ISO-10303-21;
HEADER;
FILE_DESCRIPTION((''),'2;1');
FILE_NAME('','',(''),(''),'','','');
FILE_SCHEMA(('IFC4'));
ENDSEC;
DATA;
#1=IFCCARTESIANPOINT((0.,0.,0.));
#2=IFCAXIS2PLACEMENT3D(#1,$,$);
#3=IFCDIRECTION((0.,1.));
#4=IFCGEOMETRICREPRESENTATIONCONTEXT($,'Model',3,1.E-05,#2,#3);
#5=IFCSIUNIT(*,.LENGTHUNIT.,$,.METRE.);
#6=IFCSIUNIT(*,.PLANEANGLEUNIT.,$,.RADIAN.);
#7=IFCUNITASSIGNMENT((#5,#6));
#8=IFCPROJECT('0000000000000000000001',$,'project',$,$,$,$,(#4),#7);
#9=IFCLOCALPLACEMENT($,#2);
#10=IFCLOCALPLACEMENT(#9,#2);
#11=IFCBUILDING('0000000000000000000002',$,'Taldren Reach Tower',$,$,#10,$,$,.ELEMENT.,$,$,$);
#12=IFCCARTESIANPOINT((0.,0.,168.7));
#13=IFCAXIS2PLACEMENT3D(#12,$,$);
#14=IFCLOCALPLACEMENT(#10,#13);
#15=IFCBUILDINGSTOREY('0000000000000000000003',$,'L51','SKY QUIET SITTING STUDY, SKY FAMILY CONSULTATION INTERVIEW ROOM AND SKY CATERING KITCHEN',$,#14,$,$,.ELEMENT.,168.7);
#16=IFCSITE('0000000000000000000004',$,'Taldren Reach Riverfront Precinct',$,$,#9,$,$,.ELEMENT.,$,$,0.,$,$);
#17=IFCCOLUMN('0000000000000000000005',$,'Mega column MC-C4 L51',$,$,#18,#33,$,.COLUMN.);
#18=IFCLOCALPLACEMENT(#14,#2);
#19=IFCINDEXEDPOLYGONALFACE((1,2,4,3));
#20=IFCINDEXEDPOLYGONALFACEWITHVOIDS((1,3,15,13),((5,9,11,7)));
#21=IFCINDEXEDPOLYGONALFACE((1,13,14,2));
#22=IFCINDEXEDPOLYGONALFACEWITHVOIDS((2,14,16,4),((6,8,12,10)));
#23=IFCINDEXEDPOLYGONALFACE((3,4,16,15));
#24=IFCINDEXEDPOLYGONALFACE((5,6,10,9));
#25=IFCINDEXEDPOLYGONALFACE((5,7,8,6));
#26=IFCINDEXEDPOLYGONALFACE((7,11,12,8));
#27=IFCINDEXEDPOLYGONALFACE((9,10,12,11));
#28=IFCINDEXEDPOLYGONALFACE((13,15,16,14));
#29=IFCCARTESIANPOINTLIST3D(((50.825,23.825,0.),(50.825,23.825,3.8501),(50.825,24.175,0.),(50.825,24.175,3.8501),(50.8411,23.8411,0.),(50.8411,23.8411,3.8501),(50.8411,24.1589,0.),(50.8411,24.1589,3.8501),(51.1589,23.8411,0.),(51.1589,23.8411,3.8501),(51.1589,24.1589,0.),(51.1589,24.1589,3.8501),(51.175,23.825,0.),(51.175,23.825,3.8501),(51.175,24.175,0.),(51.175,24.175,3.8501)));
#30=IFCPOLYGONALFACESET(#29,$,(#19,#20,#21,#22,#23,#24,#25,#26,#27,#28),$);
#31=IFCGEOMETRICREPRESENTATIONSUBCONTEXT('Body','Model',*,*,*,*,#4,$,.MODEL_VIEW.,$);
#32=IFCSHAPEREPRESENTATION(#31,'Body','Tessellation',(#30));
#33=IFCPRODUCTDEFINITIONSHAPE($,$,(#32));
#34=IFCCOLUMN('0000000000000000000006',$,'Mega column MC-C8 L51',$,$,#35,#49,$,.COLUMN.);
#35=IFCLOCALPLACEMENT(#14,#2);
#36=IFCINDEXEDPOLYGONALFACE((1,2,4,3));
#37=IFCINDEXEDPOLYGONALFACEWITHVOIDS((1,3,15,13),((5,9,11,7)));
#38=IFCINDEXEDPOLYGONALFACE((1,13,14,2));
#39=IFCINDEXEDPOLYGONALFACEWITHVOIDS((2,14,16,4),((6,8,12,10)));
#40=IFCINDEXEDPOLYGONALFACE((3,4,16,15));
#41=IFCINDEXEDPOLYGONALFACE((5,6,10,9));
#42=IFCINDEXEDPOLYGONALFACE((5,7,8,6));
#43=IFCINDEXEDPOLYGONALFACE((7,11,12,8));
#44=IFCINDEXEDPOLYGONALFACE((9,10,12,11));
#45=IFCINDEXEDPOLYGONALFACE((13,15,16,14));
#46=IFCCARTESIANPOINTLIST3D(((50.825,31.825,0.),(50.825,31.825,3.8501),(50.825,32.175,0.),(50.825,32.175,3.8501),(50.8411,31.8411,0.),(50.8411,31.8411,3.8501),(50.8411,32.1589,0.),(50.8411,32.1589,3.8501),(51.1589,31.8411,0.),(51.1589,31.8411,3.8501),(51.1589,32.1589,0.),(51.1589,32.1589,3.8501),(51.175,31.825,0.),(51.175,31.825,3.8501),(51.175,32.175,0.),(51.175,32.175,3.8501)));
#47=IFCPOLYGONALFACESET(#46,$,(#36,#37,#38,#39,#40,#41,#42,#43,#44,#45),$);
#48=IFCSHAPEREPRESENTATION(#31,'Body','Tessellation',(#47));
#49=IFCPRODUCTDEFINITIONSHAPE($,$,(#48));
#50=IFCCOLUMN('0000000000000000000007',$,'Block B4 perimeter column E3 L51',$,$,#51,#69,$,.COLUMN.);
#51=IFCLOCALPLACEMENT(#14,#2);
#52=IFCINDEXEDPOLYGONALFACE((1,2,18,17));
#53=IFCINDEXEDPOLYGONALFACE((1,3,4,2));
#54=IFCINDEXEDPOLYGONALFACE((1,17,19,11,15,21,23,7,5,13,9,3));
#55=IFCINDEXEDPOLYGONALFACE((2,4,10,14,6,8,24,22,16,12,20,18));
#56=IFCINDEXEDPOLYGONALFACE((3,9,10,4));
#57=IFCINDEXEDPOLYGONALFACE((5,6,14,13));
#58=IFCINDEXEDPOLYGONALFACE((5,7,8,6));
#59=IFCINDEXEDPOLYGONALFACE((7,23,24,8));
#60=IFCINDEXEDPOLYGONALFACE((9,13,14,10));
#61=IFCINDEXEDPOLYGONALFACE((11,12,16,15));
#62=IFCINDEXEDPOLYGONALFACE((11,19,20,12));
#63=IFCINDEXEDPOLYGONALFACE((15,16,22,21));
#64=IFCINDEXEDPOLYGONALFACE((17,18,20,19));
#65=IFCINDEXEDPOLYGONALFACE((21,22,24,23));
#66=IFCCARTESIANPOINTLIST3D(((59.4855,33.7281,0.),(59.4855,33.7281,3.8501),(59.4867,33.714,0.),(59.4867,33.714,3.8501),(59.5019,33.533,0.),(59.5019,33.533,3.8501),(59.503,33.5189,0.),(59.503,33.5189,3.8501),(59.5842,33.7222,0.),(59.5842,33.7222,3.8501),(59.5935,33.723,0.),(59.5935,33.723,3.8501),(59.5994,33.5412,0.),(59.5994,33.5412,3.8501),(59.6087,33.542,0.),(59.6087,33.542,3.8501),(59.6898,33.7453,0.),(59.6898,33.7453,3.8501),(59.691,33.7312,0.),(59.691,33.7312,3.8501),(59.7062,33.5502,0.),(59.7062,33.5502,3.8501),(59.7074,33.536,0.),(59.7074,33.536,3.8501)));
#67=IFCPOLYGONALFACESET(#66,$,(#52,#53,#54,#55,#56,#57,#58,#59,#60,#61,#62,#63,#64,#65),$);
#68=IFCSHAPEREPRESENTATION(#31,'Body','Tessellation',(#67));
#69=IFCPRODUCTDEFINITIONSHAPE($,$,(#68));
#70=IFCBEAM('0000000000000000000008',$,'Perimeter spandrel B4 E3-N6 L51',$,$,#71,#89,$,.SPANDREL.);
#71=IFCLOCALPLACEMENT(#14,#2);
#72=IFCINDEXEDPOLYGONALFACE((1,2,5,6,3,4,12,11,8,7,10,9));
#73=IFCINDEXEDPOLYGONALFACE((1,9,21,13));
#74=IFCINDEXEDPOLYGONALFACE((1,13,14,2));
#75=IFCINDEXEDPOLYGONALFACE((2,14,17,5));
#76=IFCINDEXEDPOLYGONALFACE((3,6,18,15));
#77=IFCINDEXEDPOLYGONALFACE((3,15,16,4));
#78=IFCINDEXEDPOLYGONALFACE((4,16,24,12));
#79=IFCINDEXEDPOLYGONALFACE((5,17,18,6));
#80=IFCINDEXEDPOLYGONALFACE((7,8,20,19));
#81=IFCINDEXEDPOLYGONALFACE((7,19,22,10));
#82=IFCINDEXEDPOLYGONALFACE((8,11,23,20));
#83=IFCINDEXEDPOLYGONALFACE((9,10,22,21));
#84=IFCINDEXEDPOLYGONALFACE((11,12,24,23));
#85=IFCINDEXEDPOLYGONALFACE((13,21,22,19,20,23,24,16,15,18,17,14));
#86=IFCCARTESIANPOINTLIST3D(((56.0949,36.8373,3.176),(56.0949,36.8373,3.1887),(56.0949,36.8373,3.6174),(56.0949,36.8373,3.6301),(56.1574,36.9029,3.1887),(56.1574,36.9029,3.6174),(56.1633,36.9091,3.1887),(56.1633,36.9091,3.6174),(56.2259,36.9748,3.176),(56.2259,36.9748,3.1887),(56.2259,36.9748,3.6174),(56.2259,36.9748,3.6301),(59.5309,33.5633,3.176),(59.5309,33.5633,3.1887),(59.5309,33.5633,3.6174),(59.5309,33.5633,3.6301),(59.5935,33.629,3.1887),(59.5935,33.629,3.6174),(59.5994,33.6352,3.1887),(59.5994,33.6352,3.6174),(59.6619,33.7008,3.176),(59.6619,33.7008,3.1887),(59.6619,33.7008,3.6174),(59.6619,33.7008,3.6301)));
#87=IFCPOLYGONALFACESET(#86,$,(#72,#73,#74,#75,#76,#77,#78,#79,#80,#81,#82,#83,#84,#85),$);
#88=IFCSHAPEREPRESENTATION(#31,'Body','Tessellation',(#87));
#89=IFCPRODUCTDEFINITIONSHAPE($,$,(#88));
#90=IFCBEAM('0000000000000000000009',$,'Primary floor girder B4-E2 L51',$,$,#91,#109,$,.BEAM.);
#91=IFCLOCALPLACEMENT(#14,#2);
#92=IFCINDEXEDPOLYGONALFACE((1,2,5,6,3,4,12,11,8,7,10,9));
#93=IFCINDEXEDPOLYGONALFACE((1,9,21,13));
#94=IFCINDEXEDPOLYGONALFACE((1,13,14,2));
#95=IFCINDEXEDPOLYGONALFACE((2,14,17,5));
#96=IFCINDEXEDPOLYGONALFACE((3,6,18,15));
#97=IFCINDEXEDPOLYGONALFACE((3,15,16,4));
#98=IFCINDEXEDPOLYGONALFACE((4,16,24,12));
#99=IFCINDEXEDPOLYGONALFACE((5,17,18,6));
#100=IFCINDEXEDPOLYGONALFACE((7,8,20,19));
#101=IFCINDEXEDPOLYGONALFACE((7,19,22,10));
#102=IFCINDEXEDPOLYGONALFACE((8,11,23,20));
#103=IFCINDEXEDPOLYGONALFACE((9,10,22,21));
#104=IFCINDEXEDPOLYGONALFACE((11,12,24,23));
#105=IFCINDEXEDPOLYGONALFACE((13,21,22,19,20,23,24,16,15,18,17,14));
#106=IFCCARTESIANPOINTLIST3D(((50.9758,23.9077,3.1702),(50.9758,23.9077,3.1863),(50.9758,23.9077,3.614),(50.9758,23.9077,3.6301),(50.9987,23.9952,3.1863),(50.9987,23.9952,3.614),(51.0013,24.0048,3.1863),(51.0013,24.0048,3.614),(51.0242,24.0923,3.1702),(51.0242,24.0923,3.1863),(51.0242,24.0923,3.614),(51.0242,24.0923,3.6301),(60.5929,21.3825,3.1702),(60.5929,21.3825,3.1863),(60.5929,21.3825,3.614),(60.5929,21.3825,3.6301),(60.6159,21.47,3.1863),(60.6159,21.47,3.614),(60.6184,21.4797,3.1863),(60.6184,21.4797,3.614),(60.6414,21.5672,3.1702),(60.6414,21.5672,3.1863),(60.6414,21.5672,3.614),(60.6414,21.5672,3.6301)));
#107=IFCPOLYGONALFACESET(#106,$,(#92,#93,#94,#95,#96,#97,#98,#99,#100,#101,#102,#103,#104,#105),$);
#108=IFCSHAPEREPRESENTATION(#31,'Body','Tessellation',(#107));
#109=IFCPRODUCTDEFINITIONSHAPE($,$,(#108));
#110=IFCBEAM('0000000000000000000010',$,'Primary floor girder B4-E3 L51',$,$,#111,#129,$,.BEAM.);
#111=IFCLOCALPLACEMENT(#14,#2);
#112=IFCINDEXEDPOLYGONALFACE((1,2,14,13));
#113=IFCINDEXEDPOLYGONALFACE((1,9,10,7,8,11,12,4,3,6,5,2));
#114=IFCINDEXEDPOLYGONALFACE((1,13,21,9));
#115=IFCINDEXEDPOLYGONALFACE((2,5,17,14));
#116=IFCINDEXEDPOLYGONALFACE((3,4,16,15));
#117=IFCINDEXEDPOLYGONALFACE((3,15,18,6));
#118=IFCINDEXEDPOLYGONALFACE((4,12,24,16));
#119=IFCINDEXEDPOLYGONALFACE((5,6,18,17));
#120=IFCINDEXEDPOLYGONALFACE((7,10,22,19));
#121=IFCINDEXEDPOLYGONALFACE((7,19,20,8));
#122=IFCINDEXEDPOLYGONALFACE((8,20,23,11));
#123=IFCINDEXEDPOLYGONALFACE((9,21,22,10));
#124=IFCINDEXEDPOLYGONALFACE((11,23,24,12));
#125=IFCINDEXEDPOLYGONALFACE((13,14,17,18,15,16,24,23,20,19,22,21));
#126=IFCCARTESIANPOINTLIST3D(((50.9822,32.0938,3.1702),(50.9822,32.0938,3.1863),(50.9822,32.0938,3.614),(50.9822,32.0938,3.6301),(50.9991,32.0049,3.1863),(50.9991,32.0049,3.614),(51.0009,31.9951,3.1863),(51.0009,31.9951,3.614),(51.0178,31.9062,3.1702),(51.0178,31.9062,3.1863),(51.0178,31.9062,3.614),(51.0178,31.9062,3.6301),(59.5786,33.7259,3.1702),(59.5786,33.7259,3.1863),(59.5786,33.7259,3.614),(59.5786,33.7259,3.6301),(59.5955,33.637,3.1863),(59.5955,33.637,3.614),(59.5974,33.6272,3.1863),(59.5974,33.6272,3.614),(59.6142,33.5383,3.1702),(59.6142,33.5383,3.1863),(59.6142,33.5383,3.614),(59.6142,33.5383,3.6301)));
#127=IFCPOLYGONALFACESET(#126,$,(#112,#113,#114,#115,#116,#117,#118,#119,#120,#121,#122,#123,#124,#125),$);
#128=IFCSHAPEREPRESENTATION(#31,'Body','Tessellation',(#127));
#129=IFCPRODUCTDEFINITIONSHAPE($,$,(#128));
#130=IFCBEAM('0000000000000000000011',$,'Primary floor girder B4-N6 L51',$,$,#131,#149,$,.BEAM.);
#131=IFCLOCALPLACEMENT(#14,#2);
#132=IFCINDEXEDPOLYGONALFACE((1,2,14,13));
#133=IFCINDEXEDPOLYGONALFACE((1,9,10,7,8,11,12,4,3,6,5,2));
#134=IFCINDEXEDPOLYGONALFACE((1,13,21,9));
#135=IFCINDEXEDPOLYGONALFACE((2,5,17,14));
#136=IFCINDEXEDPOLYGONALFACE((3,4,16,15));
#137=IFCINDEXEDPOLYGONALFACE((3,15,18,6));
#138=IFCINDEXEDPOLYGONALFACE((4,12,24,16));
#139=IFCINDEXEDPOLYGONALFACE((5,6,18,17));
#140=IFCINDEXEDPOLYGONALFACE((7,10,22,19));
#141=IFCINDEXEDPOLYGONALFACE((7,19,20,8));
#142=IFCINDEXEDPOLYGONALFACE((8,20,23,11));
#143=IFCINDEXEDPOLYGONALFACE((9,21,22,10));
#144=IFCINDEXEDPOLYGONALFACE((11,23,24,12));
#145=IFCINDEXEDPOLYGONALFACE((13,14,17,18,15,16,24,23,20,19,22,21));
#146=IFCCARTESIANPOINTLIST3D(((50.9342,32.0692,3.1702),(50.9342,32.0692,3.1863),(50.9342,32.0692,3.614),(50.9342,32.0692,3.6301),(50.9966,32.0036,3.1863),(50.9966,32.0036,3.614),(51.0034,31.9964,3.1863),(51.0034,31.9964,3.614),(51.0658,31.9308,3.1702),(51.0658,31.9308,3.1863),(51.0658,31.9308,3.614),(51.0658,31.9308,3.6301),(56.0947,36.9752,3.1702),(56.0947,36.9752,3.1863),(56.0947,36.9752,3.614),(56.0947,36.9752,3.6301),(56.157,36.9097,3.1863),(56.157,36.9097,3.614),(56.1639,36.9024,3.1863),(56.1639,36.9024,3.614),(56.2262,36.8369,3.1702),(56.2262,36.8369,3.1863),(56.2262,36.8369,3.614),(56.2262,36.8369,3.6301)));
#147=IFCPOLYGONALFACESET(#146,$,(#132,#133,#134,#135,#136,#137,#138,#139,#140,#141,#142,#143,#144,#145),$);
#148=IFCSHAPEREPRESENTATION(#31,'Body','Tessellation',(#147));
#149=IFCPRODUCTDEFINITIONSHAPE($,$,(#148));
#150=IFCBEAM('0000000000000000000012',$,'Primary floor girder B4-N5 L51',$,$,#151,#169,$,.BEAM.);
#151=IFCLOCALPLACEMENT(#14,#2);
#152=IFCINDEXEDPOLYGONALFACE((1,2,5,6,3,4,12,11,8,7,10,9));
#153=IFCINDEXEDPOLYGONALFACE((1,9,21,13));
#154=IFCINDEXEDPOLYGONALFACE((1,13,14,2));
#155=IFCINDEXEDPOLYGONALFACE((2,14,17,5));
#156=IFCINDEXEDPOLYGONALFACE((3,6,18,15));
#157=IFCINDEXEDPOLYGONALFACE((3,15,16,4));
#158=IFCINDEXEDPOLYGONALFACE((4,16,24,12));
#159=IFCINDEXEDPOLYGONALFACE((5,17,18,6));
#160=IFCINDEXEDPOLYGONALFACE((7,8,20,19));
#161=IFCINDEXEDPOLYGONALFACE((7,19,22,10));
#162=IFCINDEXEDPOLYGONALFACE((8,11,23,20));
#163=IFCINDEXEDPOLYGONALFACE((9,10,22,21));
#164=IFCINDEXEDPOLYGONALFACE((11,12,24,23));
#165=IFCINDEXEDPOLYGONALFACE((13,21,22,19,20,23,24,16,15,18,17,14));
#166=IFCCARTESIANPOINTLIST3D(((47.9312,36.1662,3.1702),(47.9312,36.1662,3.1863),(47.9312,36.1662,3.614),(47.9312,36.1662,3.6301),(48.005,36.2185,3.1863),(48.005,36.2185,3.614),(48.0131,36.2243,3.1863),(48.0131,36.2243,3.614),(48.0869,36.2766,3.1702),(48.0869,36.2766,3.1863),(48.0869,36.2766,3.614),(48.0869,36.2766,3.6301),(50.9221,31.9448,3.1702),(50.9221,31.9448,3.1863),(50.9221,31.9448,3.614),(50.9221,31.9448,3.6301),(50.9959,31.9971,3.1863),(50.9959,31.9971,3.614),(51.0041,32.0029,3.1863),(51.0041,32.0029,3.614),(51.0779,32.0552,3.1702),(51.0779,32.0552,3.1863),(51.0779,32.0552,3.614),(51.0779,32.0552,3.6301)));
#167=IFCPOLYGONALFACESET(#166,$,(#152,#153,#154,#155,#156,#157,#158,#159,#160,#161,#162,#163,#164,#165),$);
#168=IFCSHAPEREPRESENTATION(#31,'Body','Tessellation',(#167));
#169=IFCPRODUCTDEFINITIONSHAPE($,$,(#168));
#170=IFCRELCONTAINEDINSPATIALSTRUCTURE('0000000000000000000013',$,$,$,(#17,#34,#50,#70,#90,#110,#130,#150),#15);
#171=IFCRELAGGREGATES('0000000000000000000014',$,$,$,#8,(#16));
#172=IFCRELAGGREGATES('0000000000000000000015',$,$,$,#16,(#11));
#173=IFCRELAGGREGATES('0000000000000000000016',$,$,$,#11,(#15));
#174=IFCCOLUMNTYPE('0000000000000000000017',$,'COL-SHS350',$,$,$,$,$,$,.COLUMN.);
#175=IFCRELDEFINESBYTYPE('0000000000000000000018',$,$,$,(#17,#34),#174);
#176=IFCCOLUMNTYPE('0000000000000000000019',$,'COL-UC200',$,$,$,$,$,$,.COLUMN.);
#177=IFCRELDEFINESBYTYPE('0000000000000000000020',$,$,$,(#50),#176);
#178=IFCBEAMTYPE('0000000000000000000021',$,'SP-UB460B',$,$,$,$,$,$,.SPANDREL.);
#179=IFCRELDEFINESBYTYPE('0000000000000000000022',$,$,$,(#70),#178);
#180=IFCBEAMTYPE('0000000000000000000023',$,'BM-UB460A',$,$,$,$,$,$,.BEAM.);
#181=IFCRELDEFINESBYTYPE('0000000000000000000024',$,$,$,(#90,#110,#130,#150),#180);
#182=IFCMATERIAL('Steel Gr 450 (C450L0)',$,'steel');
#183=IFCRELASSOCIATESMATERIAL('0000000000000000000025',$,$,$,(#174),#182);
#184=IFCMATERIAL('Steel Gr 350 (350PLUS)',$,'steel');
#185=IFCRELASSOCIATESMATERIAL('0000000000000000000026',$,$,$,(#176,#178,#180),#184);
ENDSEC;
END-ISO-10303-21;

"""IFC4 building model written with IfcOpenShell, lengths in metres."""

from ifc_helpers import new_model, si_unit, direction, frame, origin, origin_2d, place, context, subcontext, project, spatial, hollow_rectangle, i_section, extrude, source, transform, mapped, material, material_profile, profile_set, type_object, element, save


model = new_model("IFC4")

# Units and contexts
model_context = context("Model", 3, precision=1e-05, world=origin(), true_north=direction((0.0, 1.0)))
body_context = subcontext(model_context, "Body", "Model", "MODEL_VIEW")
ifc_project = project(units=[si_unit("LENGTHUNIT", "METRE"), si_unit("PLANEANGLEUNIT", "RADIAN")], contexts=[model_context])

# Site, building, storey
site_placement = place(None, origin())
site = spatial("IfcSite", under=ifc_project, at=site_placement, Name="Taldren Reach Riverfront Precinct", CompositionType="ELEMENT", RefElevation=0.0)
building_placement = place(site_placement, origin())
building = spatial("IfcBuilding", under=site, at=building_placement, Name="Taldren Reach Tower", CompositionType="ELEMENT")
storey_placement = place(building_placement, frame((0.0, 0.0, 168.7)))
storey = spatial("IfcBuildingStorey", under=building, at=storey_placement, Name="L51", Description="SKY QUIET SITTING STUDY, SKY FAMILY CONSULTATION INTERVIEW ROOM AND SKY CATERING KITCHEN", CompositionType="ELEMENT", Elevation=168.7)

# Columns
ifc_material_1 = material(Name="Steel Gr 450 (C450L0)", Category="steel")
ifc_material_profile_1 = material_profile(ifc_material_1, hollow_rectangle(XDim=0.3501, YDim=0.3501, WallThickness=0.0161, at=origin_2d()), Name="350x350x16.0SHS")
ifc_profile_set_1 = profile_set([ifc_material_profile_1], Name="Steel Gr 450 (C450L0)")
column_type_1 = type_object("IfcColumnType", Name="COL-SHS350", PredefinedType="COLUMN", material=ifc_profile_set_1)
shared_shape_1 = source(origin(), body_context, "Body", "SweptSolid", [
    extrude(hollow_rectangle(XDim=0.3501, YDim=0.3501, WallThickness=0.0161, at=origin_2d()), origin(), (0.0, 0.0, 1.0), 3.8501),
])
for number, where, z_axis, x_axis, name in (
    (1, (51.0, 24.0, 0.0), (0.0, 0.0, 1.0), (1.0, 0.0, 0.0), "Mega column MC-C4 L51"),
    (2, (51.0, 32.0, 0.0), (0.0, 0.0, 1.0), (1.0, 0.0, 0.0), "Mega column MC-C8 L51"),
):
    element("IfcColumn", number, at=place(storey_placement, frame(where, z_axis=z_axis, x_axis=x_axis)), inside=storey, type_object=column_type_1, Name=name, PredefinedType="COLUMN", context=body_context, shape_type="MappedRepresentation", body=[
        mapped(shared_shape_1, transform((0.0, 0.0, 0.0), scale=1.0)),
    ])
ifc_material_2 = material(Name="Steel Gr 350 (350PLUS)", Category="steel")
ifc_material_profile_2 = material_profile(ifc_material_2, i_section(OverallWidth=0.2051, OverallDepth=0.21, WebThickness=0.0093, FlangeThickness=0.0142, at=origin_2d()), Name="200UC59.5")
ifc_profile_set_2 = profile_set([ifc_material_profile_2], Name="Steel Gr 350 (350PLUS)")
column_type_2 = type_object("IfcColumnType", Name="COL-UC200", PredefinedType="COLUMN", material=ifc_profile_set_2)
shared_shape_2 = source(origin(), body_context, "Body", "SweptSolid", [
    extrude(i_section(OverallWidth=0.2051, OverallDepth=0.21, WebThickness=0.0093, FlangeThickness=0.0142, at=origin_2d()), origin(), (0.0, 0.0, 1.0), 3.8501),
])
column_placement = place(storey_placement, frame((59.5964, 33.6321, 0.0), z_axis=(0.0, 0.0, 1.0), x_axis=(0.996493, 0.083678, 0.0)))
element("IfcColumn", 3, at=column_placement, inside=storey, type_object=column_type_2, Name="Block B4 perimeter column E3 L51", PredefinedType="COLUMN", context=body_context, shape_type="MappedRepresentation", body=[
    mapped(shared_shape_2, transform((0.0, 0.0, 0.0), scale=1.0)),
])

# Beams
ifc_material_profile_3 = material_profile(ifc_material_2, i_section(OverallWidth=0.1899, OverallDepth=0.4541, WebThickness=0.0085, FlangeThickness=0.0127, at=origin_2d()), Name="460UB67.1")
ifc_profile_set_3 = profile_set([ifc_material_profile_3], Name="Steel Gr 350 (350PLUS)")
beam_type_1 = type_object("IfcBeamType", Name="SP-UB460B", PredefinedType="SPANDREL", material=ifc_profile_set_3)
shared_shape_3 = source(origin(), body_context, "Body", "SweptSolid", [
    extrude(i_section(OverallWidth=0.1899, OverallDepth=0.4541, WebThickness=0.0085, FlangeThickness=0.0127, at=origin_2d()), origin(), (0.0, 0.0, 1.0), 4.7461),
])
beam_1_placement = place(storey_placement, frame((59.5964, 33.6321, 3.4031), z_axis=(-0.723979, 0.689822, 0.0), x_axis=(-0.689822, -0.723979, 0.0)))
element("IfcBeam", 4, at=beam_1_placement, inside=storey, type_object=beam_type_1, Name="Perimeter spandrel B4 E3-N6 L51", PredefinedType="SPANDREL", context=body_context, shape_type="MappedRepresentation", body=[
    mapped(shared_shape_3, transform((0.0, 0.0, 0.0), scale=1.0)),
])
ifc_material_profile_4 = material_profile(ifc_material_2, i_section(OverallWidth=0.1909, OverallDepth=0.46, WebThickness=0.01, FlangeThickness=0.0161, at=origin_2d()), Name="460UB82.1")
ifc_profile_set_4 = profile_set([ifc_material_profile_4], Name="Steel Gr 350 (350PLUS)")
beam_type_2 = type_object("IfcBeamType", Name="BM-UB460A", PredefinedType="BEAM", material=ifc_profile_set_4)
shared_shape_4 = source(origin(), body_context, "Body", "SweptSolid", [
    extrude(i_section(OverallWidth=0.1909, OverallDepth=0.46, WebThickness=0.01, FlangeThickness=0.0161, at=origin_2d()), origin(), (0.0, 0.0, 1.0), 9.9431),
])
beam_2_placement = place(storey_placement, frame((51.0, 24.0, 3.4001), z_axis=(0.967215, -0.253958, 0.0), x_axis=(0.253958, 0.967215, 0.0)))
element("IfcBeam", 5, at=beam_2_placement, inside=storey, type_object=beam_type_2, Name="Primary floor girder B4-E2 L51", PredefinedType="BEAM", context=body_context, shape_type="MappedRepresentation", body=[
    mapped(shared_shape_4, transform((0.0, 0.0, 0.0), scale=1.0)),
])
shared_shape_5 = source(origin(), body_context, "Body", "SweptSolid", [
    extrude(i_section(OverallWidth=0.1909, OverallDepth=0.46, WebThickness=0.01, FlangeThickness=0.0161, at=origin_2d()), origin(), (0.0, 0.0, 1.0), 8.75),
])
beam_3_placement = place(storey_placement, frame((51.0, 32.0, 3.4001), z_axis=(0.98245, 0.186524, 0.0), x_axis=(-0.186524, 0.98245, 0.0)))
element("IfcBeam", 6, at=beam_3_placement, inside=storey, type_object=beam_type_2, Name="Primary floor girder B4-E3 L51", PredefinedType="BEAM", context=body_context, shape_type="MappedRepresentation", body=[
    mapped(shared_shape_5, transform((0.0, 0.0, 0.0), scale=1.0)),
])
shared_shape_6 = source(origin(), body_context, "Body", "SweptSolid", [
    extrude(i_section(OverallWidth=0.1909, OverallDepth=0.46, WebThickness=0.01, FlangeThickness=0.0161, at=origin_2d()), origin(), (0.0, 0.0, 1.0), 7.1204),
])
beam_4_placement = place(storey_placement, frame((51.0, 32.0, 3.4001), z_axis=(0.724745, 0.689017, 0.0), x_axis=(-0.689017, 0.724745, 0.0)))
element("IfcBeam", 7, at=beam_4_placement, inside=storey, type_object=beam_type_2, Name="Primary floor girder B4-N6 L51", PredefinedType="BEAM", context=body_context, shape_type="MappedRepresentation", body=[
    mapped(shared_shape_6, transform((0.0, 0.0, 0.0), scale=1.0)),
])
shared_shape_7 = source(origin(), body_context, "Body", "SweptSolid", [
    extrude(i_section(OverallWidth=0.1909, OverallDepth=0.46, WebThickness=0.01, FlangeThickness=0.0161, at=origin_2d()), origin(), (0.0, 0.0, 1.0), 5.1736),
])
beam_5_placement = place(storey_placement, frame((51.0, 32.0, 3.4001), z_axis=(-0.578118, 0.815953, 0.0), x_axis=(-0.815953, -0.578118, 0.0)))
element("IfcBeam", 8, at=beam_5_placement, inside=storey, type_object=beam_type_2, Name="Primary floor girder B4-N5 L51", PredefinedType="BEAM", context=body_context, shape_type="MappedRepresentation", body=[
    mapped(shared_shape_7, transform((0.0, 0.0, 0.0), scale=1.0)),
])

save(model, "model.ifc")
